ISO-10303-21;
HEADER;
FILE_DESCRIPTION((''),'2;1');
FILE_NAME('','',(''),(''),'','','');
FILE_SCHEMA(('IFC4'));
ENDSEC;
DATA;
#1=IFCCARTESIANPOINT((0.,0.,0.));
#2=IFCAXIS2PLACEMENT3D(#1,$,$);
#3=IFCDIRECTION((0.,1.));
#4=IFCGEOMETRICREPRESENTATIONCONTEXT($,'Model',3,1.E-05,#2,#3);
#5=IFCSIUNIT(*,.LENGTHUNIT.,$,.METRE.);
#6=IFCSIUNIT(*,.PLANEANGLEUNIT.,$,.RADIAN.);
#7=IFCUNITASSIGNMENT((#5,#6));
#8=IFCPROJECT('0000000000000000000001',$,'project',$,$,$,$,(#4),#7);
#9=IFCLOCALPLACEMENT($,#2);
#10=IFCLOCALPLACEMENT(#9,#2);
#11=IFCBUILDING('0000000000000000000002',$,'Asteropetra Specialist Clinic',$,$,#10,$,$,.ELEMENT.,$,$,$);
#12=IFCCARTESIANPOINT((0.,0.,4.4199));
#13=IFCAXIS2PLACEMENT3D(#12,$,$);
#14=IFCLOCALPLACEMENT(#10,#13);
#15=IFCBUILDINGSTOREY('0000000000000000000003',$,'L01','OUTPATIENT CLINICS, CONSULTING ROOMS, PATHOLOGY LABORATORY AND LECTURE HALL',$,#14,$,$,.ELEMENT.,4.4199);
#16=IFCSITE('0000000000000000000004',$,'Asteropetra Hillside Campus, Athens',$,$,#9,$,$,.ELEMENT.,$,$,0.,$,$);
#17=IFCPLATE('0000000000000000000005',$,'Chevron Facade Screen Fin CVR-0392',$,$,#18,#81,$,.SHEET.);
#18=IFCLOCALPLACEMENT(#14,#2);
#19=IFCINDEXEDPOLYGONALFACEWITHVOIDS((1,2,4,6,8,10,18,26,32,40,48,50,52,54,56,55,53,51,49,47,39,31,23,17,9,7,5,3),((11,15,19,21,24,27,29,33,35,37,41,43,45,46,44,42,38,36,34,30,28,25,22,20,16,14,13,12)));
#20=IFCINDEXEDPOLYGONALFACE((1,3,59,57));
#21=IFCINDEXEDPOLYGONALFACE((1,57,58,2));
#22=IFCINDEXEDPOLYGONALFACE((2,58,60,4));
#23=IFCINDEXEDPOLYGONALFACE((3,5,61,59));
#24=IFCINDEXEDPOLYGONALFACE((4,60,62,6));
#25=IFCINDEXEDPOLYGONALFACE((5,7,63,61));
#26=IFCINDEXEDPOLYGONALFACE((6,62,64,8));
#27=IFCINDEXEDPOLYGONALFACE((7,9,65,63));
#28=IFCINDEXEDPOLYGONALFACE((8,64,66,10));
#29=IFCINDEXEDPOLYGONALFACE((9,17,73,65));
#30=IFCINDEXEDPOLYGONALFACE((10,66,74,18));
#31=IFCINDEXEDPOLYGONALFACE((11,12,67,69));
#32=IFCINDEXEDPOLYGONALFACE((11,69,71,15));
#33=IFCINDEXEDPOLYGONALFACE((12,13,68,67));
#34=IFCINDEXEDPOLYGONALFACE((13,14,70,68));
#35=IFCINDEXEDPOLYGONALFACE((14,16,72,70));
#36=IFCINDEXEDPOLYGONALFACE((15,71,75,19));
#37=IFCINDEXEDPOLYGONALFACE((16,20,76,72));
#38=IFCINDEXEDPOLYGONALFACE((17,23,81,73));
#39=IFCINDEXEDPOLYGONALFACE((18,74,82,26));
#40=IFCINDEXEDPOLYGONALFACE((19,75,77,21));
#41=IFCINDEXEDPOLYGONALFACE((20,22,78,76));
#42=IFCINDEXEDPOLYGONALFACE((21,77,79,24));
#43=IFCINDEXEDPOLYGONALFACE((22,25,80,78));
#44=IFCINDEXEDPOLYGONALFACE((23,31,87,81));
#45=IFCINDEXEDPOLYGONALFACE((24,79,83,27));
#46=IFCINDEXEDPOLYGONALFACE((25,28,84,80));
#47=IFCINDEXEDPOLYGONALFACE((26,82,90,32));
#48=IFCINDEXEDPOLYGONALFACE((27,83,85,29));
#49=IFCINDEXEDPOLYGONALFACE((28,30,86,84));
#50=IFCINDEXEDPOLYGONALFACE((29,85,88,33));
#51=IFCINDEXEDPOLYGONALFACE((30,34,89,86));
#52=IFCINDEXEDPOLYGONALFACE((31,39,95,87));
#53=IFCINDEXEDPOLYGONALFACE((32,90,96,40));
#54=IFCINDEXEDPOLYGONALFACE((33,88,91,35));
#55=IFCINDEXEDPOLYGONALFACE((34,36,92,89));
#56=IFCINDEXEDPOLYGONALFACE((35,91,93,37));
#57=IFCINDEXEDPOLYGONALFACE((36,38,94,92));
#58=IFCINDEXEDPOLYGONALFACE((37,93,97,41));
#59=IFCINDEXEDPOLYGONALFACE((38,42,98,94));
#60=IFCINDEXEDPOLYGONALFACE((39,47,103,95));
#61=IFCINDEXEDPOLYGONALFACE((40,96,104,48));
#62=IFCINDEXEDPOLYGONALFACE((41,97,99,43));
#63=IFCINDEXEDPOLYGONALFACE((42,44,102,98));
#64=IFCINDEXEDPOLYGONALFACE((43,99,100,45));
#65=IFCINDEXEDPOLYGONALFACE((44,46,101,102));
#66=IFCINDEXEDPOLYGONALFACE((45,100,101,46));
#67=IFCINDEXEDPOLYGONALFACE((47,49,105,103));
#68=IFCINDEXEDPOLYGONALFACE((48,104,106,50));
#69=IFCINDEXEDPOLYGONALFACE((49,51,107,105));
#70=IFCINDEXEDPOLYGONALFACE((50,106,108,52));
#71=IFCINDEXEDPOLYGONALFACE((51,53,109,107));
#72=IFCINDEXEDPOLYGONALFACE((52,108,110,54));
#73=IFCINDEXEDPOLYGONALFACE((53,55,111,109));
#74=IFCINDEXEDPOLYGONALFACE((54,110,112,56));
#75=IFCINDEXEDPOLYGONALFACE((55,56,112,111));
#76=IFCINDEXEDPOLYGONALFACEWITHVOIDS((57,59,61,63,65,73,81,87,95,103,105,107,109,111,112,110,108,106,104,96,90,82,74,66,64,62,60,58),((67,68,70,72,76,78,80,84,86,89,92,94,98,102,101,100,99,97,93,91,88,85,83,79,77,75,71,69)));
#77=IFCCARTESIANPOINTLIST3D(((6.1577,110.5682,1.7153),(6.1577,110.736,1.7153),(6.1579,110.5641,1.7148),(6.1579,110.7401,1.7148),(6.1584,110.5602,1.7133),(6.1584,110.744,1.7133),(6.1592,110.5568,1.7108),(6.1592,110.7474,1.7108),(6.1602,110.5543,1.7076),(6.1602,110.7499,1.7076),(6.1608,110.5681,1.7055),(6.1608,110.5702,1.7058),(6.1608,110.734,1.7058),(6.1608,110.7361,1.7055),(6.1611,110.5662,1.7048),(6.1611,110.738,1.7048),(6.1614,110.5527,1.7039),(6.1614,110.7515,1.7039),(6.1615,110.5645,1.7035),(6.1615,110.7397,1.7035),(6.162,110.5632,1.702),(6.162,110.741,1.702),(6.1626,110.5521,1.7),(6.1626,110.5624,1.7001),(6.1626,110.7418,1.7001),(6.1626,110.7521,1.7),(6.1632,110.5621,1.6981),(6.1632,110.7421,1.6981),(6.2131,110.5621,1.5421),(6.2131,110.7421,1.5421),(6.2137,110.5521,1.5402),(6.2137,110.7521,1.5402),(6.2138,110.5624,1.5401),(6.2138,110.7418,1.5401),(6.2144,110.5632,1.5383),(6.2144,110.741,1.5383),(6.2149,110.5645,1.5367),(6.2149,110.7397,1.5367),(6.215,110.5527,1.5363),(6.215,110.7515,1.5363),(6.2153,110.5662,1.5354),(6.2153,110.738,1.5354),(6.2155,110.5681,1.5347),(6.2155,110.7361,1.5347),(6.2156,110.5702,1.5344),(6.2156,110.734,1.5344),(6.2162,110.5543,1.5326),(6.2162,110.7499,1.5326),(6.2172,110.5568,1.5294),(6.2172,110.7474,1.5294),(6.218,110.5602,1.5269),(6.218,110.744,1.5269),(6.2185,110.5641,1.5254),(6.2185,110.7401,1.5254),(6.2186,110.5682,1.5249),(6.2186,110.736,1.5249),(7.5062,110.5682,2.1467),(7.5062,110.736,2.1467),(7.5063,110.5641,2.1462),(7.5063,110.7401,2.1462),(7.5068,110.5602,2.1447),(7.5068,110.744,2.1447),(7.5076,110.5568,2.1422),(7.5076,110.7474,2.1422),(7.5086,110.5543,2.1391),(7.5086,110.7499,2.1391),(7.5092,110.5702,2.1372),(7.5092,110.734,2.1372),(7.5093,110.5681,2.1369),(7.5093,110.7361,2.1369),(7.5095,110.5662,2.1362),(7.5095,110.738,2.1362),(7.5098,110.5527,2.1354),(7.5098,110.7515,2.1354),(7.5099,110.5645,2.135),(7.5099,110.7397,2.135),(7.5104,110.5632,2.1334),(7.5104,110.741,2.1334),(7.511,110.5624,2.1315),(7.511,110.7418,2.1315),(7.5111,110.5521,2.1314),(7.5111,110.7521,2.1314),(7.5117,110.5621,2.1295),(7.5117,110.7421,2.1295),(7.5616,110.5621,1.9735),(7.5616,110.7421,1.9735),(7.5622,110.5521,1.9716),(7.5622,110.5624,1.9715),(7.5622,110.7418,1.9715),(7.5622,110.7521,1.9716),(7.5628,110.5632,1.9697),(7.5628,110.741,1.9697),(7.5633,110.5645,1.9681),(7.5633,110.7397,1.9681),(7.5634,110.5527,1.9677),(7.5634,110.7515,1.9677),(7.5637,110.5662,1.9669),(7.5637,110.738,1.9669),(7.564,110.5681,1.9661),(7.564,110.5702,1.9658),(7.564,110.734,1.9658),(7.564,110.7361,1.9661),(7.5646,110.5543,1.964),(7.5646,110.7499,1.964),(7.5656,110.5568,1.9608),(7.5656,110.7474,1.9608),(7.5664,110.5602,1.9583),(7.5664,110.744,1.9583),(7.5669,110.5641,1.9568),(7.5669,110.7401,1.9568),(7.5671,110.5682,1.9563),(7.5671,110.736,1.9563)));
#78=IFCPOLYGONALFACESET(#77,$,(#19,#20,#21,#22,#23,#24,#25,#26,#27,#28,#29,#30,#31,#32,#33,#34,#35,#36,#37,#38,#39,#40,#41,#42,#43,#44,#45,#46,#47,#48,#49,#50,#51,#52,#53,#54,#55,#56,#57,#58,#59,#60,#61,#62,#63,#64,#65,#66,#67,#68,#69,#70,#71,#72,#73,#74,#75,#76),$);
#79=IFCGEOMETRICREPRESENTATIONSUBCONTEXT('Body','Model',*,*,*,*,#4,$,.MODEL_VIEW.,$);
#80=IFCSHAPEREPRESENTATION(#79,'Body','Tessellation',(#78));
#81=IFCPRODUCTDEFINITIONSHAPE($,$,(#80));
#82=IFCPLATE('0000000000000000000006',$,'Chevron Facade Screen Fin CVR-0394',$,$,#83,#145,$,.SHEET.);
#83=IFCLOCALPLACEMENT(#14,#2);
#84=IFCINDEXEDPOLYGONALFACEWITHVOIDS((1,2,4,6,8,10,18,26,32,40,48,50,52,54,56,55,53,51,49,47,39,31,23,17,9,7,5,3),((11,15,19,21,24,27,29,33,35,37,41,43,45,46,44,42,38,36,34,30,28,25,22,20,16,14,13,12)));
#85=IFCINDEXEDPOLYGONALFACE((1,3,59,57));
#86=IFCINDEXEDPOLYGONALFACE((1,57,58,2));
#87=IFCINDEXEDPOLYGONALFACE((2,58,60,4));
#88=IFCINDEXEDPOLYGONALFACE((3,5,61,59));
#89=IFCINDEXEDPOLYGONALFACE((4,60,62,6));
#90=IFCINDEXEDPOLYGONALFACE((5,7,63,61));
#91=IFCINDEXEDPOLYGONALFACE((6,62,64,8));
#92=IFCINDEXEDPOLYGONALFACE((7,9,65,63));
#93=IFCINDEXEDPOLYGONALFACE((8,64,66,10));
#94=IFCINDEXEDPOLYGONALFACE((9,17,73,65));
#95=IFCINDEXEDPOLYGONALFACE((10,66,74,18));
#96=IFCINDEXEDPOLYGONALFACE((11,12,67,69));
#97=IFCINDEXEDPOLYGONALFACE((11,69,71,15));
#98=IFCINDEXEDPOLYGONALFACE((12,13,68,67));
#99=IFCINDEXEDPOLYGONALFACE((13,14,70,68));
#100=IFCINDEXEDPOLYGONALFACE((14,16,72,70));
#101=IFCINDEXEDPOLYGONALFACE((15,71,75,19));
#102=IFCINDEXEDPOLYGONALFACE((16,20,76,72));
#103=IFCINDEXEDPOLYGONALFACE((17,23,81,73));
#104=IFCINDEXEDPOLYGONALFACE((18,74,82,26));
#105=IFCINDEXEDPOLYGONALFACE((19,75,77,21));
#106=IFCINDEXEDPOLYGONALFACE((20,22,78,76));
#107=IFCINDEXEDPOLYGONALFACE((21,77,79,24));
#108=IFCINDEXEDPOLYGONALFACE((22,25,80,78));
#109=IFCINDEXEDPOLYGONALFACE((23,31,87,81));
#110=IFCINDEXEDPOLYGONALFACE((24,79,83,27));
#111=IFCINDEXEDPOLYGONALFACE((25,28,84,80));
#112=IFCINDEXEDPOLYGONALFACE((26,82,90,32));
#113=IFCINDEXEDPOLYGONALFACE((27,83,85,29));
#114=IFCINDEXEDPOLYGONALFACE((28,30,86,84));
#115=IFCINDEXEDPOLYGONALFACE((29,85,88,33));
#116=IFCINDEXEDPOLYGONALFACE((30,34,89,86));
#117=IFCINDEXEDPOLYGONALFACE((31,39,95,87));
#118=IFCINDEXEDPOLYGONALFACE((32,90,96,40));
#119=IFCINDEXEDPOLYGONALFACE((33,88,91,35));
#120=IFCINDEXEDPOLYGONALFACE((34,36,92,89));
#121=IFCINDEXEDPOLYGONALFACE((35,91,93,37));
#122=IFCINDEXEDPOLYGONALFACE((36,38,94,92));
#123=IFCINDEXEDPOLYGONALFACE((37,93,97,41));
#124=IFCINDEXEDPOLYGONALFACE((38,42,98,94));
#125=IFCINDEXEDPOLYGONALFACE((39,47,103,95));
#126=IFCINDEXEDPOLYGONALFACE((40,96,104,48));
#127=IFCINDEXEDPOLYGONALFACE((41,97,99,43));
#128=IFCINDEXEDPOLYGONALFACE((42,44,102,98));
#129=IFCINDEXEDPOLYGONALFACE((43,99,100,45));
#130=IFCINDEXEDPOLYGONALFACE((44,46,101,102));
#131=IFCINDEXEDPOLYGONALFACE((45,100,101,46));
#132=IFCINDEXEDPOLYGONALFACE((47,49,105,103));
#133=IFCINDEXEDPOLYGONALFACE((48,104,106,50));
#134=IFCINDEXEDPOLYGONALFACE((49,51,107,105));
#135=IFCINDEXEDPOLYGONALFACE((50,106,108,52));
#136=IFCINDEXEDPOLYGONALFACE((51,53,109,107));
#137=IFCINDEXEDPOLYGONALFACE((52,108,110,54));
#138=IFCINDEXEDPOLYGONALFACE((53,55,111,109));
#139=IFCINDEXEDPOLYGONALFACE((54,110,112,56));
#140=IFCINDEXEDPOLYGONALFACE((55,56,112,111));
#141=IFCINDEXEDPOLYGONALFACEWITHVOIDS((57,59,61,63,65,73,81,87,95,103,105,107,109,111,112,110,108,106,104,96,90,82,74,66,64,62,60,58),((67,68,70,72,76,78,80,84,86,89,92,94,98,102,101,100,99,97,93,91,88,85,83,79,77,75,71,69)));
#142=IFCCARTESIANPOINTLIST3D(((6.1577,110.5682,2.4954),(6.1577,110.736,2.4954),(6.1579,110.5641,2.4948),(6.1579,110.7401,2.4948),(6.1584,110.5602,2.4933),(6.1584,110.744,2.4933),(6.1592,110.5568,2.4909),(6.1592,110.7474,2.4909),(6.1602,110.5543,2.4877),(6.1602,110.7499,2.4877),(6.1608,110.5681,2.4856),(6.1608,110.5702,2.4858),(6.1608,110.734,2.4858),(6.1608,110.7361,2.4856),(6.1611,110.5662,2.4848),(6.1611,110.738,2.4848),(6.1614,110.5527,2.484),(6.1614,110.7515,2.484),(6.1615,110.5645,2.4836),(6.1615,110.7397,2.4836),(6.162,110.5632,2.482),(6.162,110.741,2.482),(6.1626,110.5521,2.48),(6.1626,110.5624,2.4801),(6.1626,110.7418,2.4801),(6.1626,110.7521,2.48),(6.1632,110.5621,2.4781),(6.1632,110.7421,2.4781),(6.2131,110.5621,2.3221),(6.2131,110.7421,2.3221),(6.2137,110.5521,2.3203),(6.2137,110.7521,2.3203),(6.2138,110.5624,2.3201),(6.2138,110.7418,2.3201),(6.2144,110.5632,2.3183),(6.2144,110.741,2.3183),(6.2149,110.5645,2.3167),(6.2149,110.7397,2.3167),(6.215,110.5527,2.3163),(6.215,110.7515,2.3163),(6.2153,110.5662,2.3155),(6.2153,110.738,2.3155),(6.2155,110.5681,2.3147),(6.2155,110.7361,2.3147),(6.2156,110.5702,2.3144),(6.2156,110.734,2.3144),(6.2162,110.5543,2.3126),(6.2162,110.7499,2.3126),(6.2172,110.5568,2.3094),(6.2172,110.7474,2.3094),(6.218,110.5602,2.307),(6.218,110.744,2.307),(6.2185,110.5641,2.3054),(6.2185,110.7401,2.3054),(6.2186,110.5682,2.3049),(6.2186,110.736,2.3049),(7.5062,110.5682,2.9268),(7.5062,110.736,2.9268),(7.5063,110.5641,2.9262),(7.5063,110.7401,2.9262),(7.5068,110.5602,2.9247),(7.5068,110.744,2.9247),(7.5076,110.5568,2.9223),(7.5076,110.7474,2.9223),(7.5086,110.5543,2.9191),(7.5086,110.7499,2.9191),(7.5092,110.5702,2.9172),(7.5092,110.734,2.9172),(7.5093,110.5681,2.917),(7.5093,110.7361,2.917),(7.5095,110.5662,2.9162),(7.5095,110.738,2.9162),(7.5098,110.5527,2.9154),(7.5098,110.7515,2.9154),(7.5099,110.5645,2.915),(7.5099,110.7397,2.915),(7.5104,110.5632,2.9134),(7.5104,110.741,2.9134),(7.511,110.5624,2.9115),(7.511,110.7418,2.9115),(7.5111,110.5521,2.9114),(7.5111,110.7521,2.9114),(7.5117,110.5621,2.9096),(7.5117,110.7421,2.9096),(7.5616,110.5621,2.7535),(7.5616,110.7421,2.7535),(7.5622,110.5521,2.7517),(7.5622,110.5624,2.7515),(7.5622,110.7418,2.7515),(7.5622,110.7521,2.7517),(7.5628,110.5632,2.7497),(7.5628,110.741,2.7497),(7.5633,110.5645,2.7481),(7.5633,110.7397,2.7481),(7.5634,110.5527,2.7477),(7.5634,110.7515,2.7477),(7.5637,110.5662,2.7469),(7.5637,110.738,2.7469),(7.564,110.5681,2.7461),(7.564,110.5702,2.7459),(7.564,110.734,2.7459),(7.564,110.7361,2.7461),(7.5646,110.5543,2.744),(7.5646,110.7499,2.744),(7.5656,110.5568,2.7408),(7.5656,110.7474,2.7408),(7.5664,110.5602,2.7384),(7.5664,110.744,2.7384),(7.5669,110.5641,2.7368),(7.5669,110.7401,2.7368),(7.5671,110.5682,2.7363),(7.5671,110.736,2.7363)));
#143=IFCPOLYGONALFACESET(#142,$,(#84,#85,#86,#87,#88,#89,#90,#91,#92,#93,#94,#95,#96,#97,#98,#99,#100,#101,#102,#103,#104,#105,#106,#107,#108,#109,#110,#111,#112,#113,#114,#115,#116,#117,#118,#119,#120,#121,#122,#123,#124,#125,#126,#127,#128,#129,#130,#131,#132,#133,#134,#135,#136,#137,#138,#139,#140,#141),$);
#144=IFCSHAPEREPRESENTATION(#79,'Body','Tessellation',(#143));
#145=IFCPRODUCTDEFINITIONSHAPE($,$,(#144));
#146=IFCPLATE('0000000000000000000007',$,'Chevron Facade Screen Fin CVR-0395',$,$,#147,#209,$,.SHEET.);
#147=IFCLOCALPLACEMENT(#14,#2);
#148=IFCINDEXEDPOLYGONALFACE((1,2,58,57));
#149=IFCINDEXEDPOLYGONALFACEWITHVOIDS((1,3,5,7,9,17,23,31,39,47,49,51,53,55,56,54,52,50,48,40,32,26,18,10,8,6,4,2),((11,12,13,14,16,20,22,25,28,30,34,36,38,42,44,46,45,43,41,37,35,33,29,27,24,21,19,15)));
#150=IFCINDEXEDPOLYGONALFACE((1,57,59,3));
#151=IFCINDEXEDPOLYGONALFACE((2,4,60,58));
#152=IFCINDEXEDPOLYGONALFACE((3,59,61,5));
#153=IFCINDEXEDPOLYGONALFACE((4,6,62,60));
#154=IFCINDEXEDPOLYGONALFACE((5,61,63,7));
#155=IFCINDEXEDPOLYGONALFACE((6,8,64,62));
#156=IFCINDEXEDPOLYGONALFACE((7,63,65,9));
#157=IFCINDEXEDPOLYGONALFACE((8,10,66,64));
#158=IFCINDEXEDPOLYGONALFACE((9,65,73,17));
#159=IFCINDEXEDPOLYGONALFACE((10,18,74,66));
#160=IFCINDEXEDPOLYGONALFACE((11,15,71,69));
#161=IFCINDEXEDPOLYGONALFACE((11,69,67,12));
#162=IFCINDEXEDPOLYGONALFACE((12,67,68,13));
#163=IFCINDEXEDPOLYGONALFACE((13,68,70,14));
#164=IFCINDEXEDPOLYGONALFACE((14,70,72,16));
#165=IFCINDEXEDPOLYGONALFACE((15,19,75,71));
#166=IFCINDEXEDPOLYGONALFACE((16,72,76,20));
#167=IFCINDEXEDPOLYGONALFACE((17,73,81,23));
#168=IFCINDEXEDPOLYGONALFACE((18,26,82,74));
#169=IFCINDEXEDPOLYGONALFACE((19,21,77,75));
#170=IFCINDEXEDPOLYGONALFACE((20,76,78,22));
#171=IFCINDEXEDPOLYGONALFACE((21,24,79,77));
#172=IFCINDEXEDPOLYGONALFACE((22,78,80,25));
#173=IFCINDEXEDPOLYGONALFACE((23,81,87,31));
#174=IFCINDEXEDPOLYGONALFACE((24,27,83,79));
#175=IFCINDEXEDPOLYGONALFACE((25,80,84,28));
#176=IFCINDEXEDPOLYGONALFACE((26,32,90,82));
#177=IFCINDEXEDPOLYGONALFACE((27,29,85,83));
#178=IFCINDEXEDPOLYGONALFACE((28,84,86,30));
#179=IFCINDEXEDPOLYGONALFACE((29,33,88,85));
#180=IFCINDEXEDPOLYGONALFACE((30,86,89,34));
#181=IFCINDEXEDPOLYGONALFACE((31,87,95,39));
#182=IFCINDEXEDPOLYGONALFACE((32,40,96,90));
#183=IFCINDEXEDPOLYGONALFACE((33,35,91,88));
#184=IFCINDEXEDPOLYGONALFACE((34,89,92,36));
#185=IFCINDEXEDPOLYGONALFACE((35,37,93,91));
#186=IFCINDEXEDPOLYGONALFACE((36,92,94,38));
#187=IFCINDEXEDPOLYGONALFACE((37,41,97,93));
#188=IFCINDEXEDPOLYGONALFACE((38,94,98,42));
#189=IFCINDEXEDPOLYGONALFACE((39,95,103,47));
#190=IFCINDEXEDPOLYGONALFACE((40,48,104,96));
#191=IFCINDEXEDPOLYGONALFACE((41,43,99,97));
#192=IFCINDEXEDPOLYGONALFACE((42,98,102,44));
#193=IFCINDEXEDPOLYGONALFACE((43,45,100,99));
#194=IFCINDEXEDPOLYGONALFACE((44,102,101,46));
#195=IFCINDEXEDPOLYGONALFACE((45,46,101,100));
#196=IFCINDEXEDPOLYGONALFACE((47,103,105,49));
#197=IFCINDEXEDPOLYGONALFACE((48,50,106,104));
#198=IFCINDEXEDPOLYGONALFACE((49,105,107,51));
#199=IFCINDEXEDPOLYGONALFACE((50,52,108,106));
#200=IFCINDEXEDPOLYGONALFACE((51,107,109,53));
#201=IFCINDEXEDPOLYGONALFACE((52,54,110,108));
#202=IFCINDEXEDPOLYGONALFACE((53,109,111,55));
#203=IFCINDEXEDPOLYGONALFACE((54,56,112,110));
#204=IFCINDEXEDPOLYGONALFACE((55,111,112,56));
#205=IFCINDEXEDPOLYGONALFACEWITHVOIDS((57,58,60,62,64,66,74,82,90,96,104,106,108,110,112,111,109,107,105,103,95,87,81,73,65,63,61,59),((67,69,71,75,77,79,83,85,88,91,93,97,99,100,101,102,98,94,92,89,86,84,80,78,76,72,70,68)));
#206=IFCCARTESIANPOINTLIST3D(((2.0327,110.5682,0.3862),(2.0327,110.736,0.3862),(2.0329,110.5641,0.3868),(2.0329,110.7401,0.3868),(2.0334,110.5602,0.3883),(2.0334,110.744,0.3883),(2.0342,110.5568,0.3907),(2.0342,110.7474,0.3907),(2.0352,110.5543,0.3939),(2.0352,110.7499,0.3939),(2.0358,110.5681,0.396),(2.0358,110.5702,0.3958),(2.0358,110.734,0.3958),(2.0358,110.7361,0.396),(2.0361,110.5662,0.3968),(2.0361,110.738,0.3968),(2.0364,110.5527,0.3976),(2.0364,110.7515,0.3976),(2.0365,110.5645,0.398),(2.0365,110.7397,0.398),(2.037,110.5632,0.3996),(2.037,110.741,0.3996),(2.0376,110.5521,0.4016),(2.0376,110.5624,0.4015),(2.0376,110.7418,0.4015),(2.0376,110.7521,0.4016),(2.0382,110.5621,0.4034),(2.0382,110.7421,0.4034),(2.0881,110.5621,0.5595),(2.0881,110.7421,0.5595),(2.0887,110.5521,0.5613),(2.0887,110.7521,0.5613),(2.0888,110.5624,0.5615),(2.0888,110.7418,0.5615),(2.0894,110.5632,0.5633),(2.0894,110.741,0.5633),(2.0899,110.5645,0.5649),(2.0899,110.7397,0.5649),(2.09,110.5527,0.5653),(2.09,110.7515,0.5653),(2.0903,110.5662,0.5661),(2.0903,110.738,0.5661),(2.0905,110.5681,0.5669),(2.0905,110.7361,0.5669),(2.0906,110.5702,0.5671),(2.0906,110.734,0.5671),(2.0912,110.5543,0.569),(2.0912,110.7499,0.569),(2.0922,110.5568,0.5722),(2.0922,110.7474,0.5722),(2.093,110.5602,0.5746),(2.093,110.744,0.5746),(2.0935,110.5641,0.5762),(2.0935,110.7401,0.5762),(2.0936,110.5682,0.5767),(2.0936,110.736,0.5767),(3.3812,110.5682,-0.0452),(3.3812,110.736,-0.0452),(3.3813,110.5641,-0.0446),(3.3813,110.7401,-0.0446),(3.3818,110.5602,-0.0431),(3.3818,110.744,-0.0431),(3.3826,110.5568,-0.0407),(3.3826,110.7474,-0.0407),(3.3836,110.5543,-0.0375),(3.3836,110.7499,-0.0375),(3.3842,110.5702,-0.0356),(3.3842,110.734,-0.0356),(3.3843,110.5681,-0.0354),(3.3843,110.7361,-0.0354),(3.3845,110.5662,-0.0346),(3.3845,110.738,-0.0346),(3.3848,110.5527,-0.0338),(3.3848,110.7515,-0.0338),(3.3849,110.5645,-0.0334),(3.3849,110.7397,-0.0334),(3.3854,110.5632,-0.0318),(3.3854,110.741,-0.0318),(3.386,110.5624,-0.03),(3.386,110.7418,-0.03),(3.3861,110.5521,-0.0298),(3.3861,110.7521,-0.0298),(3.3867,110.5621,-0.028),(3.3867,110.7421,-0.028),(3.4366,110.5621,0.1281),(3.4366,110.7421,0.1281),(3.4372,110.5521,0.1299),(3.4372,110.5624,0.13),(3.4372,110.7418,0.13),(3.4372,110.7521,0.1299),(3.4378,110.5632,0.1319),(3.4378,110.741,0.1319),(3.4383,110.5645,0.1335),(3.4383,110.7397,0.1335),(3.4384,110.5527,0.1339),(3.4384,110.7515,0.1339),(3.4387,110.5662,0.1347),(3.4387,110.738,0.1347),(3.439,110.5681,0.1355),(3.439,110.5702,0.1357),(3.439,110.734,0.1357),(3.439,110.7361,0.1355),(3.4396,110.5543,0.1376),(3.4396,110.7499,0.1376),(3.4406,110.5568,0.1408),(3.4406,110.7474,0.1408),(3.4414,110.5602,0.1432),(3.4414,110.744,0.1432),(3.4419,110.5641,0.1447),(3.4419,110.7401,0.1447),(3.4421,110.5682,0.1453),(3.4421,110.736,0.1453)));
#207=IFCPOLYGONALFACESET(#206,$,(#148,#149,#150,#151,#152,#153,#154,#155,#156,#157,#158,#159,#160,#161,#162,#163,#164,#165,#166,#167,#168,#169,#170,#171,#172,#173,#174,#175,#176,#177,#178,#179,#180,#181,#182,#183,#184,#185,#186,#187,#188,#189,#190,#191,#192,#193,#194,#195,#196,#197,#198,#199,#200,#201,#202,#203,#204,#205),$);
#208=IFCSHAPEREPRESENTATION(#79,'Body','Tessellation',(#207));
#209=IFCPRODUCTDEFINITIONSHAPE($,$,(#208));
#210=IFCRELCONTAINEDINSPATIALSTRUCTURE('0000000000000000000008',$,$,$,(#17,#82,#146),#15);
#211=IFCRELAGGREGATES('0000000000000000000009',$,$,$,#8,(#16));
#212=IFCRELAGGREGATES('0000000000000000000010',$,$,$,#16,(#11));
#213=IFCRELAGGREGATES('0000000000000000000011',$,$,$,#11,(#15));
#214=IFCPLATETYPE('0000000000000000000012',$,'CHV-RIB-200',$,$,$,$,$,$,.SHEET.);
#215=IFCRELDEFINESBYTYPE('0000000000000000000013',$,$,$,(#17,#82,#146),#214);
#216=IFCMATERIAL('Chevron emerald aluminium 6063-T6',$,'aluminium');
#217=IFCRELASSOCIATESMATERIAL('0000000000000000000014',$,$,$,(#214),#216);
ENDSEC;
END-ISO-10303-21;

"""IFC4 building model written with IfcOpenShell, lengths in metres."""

from ifc_helpers import new_model, si_unit, direction, frame, origin, origin_2d, place, context, subcontext, project, spatial, hollow_rectangle, extrude, material, material_profile, profile_set, type_object, element, save


model = new_model("IFC4")

# Units and contexts
model_context = context("Model", 3, precision=1e-05, world=origin(), true_north=direction((0.0, 1.0)))
body_context = subcontext(model_context, "Body", "Model", "MODEL_VIEW")
ifc_project = project(units=[si_unit("LENGTHUNIT", "METRE"), si_unit("PLANEANGLEUNIT", "RADIAN")], contexts=[model_context])

# Site, building, storey
site_placement = place(None, origin())
site = spatial("IfcSite", under=ifc_project, at=site_placement, Name="Asteropetra Hillside Campus, Athens", CompositionType="ELEMENT", RefElevation=0.0)
building_placement = place(site_placement, origin())
building = spatial("IfcBuilding", under=site, at=building_placement, Name="Asteropetra Specialist Clinic", CompositionType="ELEMENT")
storey_placement = place(building_placement, frame((0.0, 0.0, 4.4199)))
storey = spatial("IfcBuildingStorey", under=building, at=storey_placement, Name="L01", Description="OUTPATIENT CLINICS, CONSULTING ROOMS, PATHOLOGY LABORATORY AND LECTURE HALL", CompositionType="ELEMENT", Elevation=4.4199)

# Plates
ifc_material_1 = material(Name="Chevron emerald aluminium 6063-T6", Category="aluminium")
ifc_material_profile_1 = material_profile(ifc_material_1, hollow_rectangle(XDim=0.2, YDim=0.2, WallThickness=0.01, InnerFilletRadius=0.0081, OuterFilletRadius=0.0161, at=origin_2d()), Name="SHS 200x200x10.0")
ifc_profile_set_1 = profile_set([ifc_material_profile_1], Name="Chevron emerald aluminium 6063-T6")
plate_type_1 = type_object("IfcPlateType", Name="CHV-RIB-200", PredefinedType="SHEET", material=ifc_profile_set_1)
for number, where, z_axis, x_axis, name in (
    (1, (7.5366, 110.6521, 2.0515), (-0.952442, 0.0, -0.304719), (0.0, -1.0, 0.0), "Chevron Facade Screen Fin CVR-0392"),
    (2, (7.5366, 110.6521, 2.8315), (-0.952442, 0.0, -0.304719), (0.0, -1.0, 0.0), "Chevron Facade Screen Fin CVR-0394"),
    (3, (3.4116, 110.6521, 0.05), (-0.952442, 0.0, 0.304719), (0.0, -1.0, 0.0), "Chevron Facade Screen Fin CVR-0395"),
):
    element("IfcPlate", number, at=place(storey_placement, frame(where, z_axis=z_axis, x_axis=x_axis)), inside=storey, type_object=plate_type_1, Name=name, PredefinedType="SHEET", context=body_context, shape_type="SweptSolid", body=[
        extrude(hollow_rectangle(XDim=0.2, YDim=0.2, WallThickness=0.01, InnerFilletRadius=0.0081, OuterFilletRadius=0.0161, at=origin_2d()), origin(), (0.0, 0.0, 1.0), 1.4158),
    ])

save(model, "model.ifc")
